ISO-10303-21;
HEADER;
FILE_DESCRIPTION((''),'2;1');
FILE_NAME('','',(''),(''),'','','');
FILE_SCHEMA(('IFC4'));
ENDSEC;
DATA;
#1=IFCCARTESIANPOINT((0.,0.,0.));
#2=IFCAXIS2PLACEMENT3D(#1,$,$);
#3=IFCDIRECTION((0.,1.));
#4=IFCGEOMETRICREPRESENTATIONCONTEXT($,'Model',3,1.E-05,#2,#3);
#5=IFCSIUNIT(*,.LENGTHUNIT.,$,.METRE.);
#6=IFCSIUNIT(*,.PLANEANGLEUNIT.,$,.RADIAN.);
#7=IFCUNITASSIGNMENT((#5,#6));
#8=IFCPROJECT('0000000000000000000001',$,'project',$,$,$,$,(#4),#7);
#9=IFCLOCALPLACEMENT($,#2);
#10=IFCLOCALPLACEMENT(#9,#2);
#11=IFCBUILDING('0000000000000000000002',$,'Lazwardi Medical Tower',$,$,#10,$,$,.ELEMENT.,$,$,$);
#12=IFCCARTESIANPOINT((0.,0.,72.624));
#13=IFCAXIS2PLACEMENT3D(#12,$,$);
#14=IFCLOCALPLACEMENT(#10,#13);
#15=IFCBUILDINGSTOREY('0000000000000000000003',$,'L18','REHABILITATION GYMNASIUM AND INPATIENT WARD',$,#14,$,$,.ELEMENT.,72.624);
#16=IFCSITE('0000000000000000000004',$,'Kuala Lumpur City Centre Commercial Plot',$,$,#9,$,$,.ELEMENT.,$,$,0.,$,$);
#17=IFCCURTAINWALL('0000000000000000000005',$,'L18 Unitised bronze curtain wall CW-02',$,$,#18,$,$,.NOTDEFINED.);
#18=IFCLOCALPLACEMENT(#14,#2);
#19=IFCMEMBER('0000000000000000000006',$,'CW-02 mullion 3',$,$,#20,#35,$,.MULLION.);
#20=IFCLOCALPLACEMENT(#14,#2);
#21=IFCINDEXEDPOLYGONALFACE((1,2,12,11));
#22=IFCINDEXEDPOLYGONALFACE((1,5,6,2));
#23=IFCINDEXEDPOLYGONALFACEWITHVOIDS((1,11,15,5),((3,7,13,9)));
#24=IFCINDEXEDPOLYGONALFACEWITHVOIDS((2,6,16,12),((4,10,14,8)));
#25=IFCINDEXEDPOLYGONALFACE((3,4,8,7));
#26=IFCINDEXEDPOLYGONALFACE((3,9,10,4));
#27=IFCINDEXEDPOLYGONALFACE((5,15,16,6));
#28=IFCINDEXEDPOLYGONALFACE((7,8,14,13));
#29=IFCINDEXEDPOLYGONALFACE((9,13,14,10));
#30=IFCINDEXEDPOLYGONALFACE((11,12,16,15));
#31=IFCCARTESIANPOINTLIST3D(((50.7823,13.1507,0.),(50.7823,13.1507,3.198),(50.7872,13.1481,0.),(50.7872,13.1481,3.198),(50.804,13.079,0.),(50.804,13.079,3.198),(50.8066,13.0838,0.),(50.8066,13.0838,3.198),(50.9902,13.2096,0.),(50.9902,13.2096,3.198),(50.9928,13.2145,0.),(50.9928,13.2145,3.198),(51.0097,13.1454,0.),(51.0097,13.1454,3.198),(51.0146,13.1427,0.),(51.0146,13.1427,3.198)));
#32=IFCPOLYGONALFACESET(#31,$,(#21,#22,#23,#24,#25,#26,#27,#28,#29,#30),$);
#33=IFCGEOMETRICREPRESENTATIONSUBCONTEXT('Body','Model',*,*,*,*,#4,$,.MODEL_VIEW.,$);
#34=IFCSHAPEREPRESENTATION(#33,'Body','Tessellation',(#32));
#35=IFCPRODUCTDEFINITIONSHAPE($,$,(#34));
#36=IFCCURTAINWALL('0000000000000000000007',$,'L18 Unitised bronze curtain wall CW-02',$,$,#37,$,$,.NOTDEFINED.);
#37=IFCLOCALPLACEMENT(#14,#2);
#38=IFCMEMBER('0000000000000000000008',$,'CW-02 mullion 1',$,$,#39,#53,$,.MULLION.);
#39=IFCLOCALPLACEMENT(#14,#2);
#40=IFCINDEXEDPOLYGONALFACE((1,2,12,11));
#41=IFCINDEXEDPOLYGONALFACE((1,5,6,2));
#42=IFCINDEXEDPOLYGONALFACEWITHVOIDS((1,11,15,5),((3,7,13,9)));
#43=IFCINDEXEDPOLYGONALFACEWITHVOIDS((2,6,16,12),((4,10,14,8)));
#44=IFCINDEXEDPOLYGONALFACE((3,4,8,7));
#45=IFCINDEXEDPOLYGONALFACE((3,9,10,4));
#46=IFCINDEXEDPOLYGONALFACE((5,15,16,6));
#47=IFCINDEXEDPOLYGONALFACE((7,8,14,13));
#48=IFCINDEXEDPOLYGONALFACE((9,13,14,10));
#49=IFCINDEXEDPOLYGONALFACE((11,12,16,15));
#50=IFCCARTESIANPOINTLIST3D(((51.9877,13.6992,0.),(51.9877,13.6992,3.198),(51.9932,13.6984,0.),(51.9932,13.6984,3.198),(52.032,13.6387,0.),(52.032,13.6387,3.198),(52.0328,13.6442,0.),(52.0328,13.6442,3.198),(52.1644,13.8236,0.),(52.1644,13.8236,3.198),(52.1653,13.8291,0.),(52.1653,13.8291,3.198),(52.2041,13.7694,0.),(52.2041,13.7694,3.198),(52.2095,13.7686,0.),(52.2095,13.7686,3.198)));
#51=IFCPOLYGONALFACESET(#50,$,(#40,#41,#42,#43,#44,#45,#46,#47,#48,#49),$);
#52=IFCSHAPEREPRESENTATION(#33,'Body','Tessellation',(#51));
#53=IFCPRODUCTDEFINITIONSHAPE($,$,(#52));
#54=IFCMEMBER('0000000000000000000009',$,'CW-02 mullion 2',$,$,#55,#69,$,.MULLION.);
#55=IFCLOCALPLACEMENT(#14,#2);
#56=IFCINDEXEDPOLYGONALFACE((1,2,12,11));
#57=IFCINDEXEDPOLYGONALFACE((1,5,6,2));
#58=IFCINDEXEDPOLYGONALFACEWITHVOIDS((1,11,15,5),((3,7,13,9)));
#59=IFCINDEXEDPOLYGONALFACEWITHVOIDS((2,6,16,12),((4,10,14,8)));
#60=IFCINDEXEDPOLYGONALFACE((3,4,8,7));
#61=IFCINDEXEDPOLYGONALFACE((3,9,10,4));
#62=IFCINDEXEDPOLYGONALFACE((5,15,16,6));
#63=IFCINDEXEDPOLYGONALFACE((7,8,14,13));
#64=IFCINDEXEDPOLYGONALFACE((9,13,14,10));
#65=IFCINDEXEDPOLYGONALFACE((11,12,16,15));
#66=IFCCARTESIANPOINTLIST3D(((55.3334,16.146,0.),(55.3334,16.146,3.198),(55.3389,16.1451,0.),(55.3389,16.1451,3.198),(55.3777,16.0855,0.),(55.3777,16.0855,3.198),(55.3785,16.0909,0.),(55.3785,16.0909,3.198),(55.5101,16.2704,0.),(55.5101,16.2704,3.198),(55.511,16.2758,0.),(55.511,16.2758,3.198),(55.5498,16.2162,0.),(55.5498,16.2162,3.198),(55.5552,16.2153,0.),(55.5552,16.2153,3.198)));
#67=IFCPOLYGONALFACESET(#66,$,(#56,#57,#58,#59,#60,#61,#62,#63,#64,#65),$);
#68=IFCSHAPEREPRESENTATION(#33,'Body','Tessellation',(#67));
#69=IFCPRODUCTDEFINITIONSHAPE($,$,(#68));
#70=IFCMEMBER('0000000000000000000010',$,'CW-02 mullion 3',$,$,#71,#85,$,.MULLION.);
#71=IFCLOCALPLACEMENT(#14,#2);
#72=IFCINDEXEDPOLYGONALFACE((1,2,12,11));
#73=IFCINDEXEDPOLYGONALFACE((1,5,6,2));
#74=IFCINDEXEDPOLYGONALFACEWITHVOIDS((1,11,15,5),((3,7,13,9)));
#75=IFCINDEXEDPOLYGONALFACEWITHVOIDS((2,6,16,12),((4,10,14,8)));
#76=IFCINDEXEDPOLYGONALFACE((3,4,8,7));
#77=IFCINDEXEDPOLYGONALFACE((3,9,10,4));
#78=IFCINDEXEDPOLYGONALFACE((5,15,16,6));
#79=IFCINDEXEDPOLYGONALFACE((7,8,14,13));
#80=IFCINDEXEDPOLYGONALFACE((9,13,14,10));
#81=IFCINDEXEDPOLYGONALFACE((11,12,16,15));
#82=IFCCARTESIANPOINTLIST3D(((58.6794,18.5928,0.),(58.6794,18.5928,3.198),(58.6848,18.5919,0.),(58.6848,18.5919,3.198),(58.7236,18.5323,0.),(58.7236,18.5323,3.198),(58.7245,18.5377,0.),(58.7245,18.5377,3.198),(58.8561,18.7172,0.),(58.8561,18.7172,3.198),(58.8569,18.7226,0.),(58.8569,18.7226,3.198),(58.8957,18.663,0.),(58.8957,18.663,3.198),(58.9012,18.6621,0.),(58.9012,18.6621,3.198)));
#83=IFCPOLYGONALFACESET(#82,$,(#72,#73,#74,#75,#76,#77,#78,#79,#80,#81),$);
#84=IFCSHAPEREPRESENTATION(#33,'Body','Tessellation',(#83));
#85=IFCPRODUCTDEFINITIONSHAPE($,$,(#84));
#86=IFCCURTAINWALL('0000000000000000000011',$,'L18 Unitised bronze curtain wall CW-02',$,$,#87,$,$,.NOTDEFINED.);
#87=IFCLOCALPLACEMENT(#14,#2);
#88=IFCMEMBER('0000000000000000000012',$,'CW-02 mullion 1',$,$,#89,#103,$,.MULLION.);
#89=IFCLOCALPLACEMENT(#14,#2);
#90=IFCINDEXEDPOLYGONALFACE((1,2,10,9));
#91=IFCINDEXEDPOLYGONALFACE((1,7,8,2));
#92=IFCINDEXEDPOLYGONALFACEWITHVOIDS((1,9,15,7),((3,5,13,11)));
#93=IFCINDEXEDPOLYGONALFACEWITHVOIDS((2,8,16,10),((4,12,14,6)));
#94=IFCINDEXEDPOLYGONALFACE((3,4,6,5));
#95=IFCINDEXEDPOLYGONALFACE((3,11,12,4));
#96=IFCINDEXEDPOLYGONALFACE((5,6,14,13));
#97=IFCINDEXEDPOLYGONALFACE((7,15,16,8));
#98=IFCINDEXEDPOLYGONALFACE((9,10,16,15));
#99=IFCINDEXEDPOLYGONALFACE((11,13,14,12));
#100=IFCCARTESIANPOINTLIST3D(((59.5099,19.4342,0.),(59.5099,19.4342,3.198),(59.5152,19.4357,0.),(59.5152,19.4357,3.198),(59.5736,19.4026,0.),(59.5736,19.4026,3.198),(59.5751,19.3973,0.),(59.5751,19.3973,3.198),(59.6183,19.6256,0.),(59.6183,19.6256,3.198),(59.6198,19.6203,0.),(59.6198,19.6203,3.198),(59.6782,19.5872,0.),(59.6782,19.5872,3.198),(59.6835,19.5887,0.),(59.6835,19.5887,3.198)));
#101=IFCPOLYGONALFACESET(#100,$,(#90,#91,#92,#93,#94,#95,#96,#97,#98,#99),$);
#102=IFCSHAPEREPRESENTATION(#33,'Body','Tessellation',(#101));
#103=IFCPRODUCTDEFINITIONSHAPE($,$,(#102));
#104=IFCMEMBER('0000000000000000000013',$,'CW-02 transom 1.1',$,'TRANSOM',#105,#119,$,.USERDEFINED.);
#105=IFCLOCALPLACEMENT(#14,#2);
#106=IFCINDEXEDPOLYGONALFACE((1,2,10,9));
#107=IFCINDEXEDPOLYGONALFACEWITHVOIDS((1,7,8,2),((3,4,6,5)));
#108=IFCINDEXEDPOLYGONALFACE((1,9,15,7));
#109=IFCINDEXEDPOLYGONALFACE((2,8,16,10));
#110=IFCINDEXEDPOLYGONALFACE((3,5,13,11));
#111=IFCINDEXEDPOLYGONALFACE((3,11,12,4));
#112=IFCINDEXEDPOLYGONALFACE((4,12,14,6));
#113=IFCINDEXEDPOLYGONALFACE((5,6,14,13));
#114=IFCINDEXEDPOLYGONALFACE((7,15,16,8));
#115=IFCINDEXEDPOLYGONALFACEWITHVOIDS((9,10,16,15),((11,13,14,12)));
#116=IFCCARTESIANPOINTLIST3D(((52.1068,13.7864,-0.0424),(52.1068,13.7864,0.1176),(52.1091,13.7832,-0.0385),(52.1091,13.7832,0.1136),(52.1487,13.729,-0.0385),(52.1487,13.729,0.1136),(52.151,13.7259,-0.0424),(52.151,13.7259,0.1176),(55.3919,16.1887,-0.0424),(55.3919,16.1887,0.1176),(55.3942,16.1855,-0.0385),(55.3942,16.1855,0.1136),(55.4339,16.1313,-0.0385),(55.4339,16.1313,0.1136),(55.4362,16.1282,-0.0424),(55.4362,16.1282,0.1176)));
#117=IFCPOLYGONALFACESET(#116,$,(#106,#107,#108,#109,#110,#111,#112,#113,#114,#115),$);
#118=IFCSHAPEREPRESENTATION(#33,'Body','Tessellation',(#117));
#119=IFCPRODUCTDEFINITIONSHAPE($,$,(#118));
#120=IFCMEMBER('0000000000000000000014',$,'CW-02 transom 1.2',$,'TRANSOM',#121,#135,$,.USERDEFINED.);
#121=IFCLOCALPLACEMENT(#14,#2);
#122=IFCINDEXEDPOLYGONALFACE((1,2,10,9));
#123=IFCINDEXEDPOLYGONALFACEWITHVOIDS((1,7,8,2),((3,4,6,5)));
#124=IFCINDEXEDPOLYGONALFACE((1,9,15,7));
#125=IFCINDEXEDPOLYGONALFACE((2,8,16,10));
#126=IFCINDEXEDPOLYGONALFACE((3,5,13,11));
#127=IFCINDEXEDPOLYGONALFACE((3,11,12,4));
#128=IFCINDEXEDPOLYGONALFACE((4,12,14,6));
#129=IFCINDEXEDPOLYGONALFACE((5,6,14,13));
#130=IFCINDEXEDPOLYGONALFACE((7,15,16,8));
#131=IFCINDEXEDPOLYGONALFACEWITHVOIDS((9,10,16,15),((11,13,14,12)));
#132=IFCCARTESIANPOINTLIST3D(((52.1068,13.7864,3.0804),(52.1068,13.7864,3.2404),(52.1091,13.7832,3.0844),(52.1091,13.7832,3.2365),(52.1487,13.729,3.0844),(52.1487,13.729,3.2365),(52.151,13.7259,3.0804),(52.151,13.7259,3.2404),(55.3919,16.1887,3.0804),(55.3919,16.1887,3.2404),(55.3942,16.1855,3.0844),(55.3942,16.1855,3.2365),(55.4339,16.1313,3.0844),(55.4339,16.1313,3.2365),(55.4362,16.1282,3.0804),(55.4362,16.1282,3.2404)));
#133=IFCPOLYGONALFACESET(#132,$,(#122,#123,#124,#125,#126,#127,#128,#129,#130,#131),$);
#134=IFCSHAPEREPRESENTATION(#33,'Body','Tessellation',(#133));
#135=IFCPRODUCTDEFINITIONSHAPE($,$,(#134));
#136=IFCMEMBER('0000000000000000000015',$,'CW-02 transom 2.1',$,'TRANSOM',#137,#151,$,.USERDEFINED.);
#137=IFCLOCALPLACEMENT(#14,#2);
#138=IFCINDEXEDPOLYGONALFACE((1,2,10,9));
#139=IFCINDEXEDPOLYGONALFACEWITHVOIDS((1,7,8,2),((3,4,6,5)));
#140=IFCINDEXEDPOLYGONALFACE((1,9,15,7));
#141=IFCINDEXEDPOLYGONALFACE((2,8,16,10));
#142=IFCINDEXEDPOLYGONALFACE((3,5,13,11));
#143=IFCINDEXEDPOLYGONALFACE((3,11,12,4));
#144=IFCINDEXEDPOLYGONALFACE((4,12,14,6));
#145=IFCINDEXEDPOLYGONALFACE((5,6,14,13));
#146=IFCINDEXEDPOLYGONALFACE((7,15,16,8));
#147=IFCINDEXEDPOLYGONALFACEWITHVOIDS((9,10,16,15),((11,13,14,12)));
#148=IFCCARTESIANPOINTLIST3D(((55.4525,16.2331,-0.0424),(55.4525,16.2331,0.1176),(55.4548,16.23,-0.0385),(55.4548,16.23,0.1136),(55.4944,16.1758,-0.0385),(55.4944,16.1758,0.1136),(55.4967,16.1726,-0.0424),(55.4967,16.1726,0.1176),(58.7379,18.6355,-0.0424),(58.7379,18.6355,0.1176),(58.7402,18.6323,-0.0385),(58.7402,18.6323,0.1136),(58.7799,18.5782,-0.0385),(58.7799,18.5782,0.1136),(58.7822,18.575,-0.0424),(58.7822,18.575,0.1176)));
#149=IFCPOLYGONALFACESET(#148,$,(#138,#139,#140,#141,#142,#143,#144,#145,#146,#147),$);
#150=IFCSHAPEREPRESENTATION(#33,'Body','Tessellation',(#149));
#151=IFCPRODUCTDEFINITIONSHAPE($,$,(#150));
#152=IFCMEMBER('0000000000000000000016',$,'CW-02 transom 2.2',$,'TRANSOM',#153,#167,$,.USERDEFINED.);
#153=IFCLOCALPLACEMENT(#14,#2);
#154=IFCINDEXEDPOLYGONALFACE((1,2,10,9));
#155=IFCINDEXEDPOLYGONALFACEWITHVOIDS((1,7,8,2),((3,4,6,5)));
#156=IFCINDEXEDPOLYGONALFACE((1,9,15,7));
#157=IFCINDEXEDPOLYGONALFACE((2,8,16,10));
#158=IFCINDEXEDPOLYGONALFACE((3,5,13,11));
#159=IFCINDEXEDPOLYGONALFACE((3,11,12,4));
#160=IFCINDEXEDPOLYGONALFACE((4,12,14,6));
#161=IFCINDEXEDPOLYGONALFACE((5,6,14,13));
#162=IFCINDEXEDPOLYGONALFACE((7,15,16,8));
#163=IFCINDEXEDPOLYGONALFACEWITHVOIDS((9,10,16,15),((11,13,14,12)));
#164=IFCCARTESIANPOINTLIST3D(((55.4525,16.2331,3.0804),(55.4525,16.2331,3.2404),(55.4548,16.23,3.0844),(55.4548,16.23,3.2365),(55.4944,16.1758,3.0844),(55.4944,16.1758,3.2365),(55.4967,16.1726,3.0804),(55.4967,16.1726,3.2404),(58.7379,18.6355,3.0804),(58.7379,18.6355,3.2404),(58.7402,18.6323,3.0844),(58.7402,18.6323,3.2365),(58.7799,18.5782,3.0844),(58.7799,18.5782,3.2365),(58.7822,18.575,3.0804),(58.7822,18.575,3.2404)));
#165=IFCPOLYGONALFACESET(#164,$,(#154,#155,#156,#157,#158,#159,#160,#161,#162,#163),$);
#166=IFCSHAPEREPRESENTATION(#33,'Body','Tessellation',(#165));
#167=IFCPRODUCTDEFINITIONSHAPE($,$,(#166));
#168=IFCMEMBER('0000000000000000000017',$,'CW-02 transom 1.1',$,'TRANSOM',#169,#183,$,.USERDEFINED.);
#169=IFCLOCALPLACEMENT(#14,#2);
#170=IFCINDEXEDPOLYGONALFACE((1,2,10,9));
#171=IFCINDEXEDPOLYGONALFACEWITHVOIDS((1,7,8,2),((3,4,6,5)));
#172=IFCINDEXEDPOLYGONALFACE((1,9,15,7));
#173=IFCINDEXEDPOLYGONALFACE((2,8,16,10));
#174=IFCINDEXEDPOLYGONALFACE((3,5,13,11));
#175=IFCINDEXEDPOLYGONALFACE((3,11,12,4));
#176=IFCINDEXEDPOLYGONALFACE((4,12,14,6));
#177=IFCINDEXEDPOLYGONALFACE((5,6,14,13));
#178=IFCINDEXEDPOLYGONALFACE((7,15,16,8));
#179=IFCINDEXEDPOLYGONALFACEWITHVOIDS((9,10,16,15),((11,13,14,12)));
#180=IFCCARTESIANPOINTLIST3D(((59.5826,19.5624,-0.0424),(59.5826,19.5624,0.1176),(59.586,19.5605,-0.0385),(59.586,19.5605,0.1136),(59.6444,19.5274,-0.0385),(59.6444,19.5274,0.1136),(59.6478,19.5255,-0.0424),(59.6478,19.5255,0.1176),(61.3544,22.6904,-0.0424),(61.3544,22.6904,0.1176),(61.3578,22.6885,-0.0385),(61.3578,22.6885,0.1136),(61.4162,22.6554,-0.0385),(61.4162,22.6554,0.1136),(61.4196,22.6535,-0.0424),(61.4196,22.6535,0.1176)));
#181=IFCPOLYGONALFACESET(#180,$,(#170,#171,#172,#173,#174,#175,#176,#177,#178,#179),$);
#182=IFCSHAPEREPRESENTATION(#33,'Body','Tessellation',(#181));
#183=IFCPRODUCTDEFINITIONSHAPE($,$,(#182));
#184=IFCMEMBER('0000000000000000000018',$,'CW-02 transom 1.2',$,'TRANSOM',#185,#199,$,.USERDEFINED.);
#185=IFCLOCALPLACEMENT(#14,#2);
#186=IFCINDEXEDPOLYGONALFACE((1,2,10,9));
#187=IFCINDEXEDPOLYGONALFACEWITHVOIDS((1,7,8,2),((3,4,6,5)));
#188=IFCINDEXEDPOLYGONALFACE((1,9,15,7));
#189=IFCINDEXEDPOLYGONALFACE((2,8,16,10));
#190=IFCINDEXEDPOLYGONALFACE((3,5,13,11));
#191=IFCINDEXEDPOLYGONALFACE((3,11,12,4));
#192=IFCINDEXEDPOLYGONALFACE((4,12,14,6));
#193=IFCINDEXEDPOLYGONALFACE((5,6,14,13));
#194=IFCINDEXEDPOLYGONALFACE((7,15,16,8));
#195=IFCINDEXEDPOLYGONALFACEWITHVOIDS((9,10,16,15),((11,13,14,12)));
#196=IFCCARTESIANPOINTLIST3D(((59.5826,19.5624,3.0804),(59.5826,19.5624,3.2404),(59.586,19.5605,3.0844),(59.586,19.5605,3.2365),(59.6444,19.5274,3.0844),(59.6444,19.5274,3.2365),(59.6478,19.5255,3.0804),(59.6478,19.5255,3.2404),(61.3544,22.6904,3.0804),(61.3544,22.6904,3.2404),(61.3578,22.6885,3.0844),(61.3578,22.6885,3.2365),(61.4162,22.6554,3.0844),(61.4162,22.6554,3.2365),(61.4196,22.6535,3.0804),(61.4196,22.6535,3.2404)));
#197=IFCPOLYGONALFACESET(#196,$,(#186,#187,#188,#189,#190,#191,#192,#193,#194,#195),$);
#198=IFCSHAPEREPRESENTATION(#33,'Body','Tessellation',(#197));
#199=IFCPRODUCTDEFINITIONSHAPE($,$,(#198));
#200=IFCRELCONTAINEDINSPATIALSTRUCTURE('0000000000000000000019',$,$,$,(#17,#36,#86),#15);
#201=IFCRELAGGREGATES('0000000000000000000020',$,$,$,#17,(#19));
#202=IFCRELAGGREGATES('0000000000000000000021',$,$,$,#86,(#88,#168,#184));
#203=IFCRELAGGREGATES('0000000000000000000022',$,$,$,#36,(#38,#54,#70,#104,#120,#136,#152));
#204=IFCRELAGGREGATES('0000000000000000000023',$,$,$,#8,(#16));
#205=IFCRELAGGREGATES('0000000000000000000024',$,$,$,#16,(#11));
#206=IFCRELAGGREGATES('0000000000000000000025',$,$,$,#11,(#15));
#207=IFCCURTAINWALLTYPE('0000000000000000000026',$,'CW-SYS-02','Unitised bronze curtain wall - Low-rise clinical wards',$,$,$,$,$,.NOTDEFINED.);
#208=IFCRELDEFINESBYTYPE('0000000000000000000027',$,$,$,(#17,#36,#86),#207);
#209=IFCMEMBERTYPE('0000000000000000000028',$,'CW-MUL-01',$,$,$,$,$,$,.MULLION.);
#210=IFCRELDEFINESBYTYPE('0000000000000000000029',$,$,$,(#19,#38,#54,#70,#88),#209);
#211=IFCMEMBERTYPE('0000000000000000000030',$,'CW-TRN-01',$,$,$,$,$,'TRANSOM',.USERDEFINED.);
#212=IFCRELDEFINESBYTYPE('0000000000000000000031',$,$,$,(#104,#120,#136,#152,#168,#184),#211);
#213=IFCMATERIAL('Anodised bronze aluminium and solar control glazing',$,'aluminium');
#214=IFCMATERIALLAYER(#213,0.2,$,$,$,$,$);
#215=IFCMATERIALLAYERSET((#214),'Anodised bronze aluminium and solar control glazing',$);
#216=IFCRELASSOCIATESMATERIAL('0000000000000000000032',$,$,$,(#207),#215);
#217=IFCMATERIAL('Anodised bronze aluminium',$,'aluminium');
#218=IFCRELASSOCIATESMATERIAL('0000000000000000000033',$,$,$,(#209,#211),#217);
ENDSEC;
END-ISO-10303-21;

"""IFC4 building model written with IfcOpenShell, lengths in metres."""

from ifc_helpers import new_model, si_unit, direction, frame, origin, origin_2d, place, context, subcontext, project, spatial, hollow_rectangle, extrude, material, layer, layer_set, material_profile, profile_set, type_object, element, aggregate, save


model = new_model("IFC4")

# Units and contexts
model_context = context("Model", 3, precision=1e-05, world=origin(), true_north=direction((0.0, 1.0)))
body_context = subcontext(model_context, "Body", "Model", "MODEL_VIEW")
ifc_project = project(units=[si_unit("LENGTHUNIT", "METRE"), si_unit("PLANEANGLEUNIT", "RADIAN")], contexts=[model_context])

# Site, building, storey
site_placement = place(None, origin())
site = spatial("IfcSite", under=ifc_project, at=site_placement, Name="Kuala Lumpur City Centre Commercial Plot", CompositionType="ELEMENT", RefElevation=0.0)
building_placement = place(site_placement, origin())
building = spatial("IfcBuilding", under=site, at=building_placement, Name="Lazwardi Medical Tower", CompositionType="ELEMENT")
storey_placement = place(building_placement, frame((0.0, 0.0, 72.624)))
storey = spatial("IfcBuildingStorey", under=building, at=storey_placement, Name="L18", Description="REHABILITATION GYMNASIUM AND INPATIENT WARD", CompositionType="ELEMENT", Elevation=72.624)

# Curtain wall, member
ifc_material_1 = material(Name="Anodised bronze aluminium and solar control glazing", Category="aluminium")
ifc_layer_1 = layer(ifc_material_1, 0.2)
ifc_layer_set_1 = layer_set([ifc_layer_1], Name="Anodised bronze aluminium and solar control glazing")
curtain_wall_type = type_object("IfcCurtainWallType", Name="CW-SYS-02", Description="Unitised bronze curtain wall - Low-rise clinical wards", PredefinedType="NOTDEFINED", material=ifc_layer_set_1)
curtain_wall_1_placement = place(storey_placement, origin())
curtain_wall_1 = element("IfcCurtainWall", 1, at=curtain_wall_1_placement, inside=storey, type_object=curtain_wall_type, Name="L18 Unitised bronze curtain wall CW-02", PredefinedType="NOTDEFINED")
ifc_material_2 = material(Name="Anodised bronze aluminium", Category="aluminium")
ifc_material_profile_1 = material_profile(ifc_material_2, hollow_rectangle(XDim=0.075, YDim=0.22, WallThickness=0.0039, at=origin_2d()), Name="ALU-MULLION 220x75x4")
ifc_profile_set_1 = profile_set([ifc_material_profile_1], Name="Anodised bronze aluminium")
member_type_1 = type_object("IfcMemberType", Name="CW-MUL-01", PredefinedType="MULLION", material=ifc_profile_set_1)
member_1_placement = place(storey_placement, frame((50.8984, 13.1467, 0.0), z_axis=(0.0, 0.0, 1.0), x_axis=(-0.289896, 0.957058, 0.0)))
member_1 = element("IfcMember", 2, at=member_1_placement, type_object=member_type_1, Name="CW-02 mullion 3", PredefinedType="MULLION", context=body_context, shape_type="SweptSolid", body=[
    extrude(hollow_rectangle(XDim=0.075, YDim=0.22, WallThickness=0.0039, at=origin_2d()), origin(), (0.0, 0.0, 1.0), 3.198),
])
aggregate(curtain_wall_1, [member_1])

# Curtain wall, members
curtain_wall_2_placement = place(storey_placement, origin())
curtain_wall_2 = element("IfcCurtainWall", 3, at=curtain_wall_2_placement, inside=storey, type_object=curtain_wall_type, Name="L18 Unitised bronze curtain wall CW-02", PredefinedType="NOTDEFINED")
member_2_placement = place(storey_placement, frame((52.0986, 13.7339, 0.0), z_axis=(0.0, 0.0, 1.0), x_axis=(-0.590289, 0.807192, 0.0)))
member_2 = element("IfcMember", 4, at=member_2_placement, type_object=member_type_1, Name="CW-02 mullion 1", PredefinedType="MULLION", context=body_context, shape_type="SweptSolid", body=[
    extrude(hollow_rectangle(XDim=0.075, YDim=0.22, WallThickness=0.0039, at=origin_2d()), origin(), (0.0, 0.0, 1.0), 3.198),
])
member_3_placement = place(storey_placement, frame((55.4443, 16.1807, 0.0), z_axis=(0.0, 0.0, 1.0), x_axis=(-0.590289, 0.807192, 0.0)))
member_3 = element("IfcMember", 5, at=member_3_placement, type_object=member_type_1, Name="CW-02 mullion 2", PredefinedType="MULLION", context=body_context, shape_type="SweptSolid", body=[
    extrude(hollow_rectangle(XDim=0.075, YDim=0.22, WallThickness=0.0039, at=origin_2d()), origin(), (0.0, 0.0, 1.0), 3.198),
])
member_4_placement = place(storey_placement, frame((58.7903, 18.6274, 0.0), z_axis=(0.0, 0.0, 1.0), x_axis=(-0.590289, 0.807192, 0.0)))
member_4 = element("IfcMember", 6, at=member_4_placement, type_object=member_type_1, Name="CW-02 mullion 3", PredefinedType="MULLION", context=body_context, shape_type="SweptSolid", body=[
    extrude(hollow_rectangle(XDim=0.075, YDim=0.22, WallThickness=0.0039, at=origin_2d()), origin(), (0.0, 0.0, 1.0), 3.198),
])

# Curtain wall, member
curtain_wall_3_placement = place(storey_placement, origin())
curtain_wall_3 = element("IfcCurtainWall", 7, at=curtain_wall_3_placement, inside=storey, type_object=curtain_wall_type, Name="L18 Unitised bronze curtain wall CW-02", PredefinedType="NOTDEFINED")
member_5_placement = place(storey_placement, frame((59.5967, 19.5115, 0.0), z_axis=(0.0, 0.0, 1.0), x_axis=(-0.870112, 0.492854, 0.0)))
member_5 = element("IfcMember", 8, at=member_5_placement, type_object=member_type_1, Name="CW-02 mullion 1", PredefinedType="MULLION", context=body_context, shape_type="SweptSolid", body=[
    extrude(hollow_rectangle(XDim=0.075, YDim=0.22, WallThickness=0.0039, at=origin_2d()), origin(), (0.0, 0.0, 1.0), 3.198),
])

# Members
ifc_material_profile_2 = material_profile(ifc_material_2, hollow_rectangle(XDim=0.075, YDim=0.1599, WallThickness=0.0039, at=origin_2d()), Name="ALU-TRANSOM 160x75x4")
ifc_profile_set_2 = profile_set([ifc_material_profile_2], Name="Anodised bronze aluminium")
member_type_2 = type_object("IfcMemberType", Name="CW-TRN-01", ElementType="TRANSOM", PredefinedType="USERDEFINED", material=ifc_profile_set_2)
member_6_placement = place(storey_placement, frame((52.1289, 13.7561, 0.0376), z_axis=(0.807198, 0.590281, 0.0), x_axis=(-0.590281, 0.807198, 0.0)))
member_6 = element("IfcMember", 9, at=member_6_placement, type_object=member_type_2, Name="CW-02 transom 1.1", ObjectType="TRANSOM", PredefinedType="USERDEFINED", context=body_context, shape_type="SweptSolid", body=[
    extrude(hollow_rectangle(XDim=0.075, YDim=0.1599, WallThickness=0.0039, at=origin_2d()), origin(), (0.0, 0.0, 1.0), 4.0698),
])
member_7_placement = place(storey_placement, frame((52.1289, 13.7561, 3.1604), z_axis=(0.807198, 0.590281, 0.0), x_axis=(-0.590281, 0.807198, 0.0)))
member_7 = element("IfcMember", 10, at=member_7_placement, type_object=member_type_2, Name="CW-02 transom 1.2", ObjectType="TRANSOM", PredefinedType="USERDEFINED", context=body_context, shape_type="SweptSolid", body=[
    extrude(hollow_rectangle(XDim=0.075, YDim=0.1599, WallThickness=0.0039, at=origin_2d()), origin(), (0.0, 0.0, 1.0), 4.0698),
])
member_8_placement = place(storey_placement, frame((55.4746, 16.2029, 0.0376), z_axis=(0.807219, 0.590253, 0.0), x_axis=(-0.590253, 0.807219, 0.0)))
member_8 = element("IfcMember", 11, at=member_8_placement, type_object=member_type_2, Name="CW-02 transom 2.1", ObjectType="TRANSOM", PredefinedType="USERDEFINED", context=body_context, shape_type="SweptSolid", body=[
    extrude(hollow_rectangle(XDim=0.075, YDim=0.1599, WallThickness=0.0039, at=origin_2d()), origin(), (0.0, 0.0, 1.0), 4.0701),
])
member_9_placement = place(storey_placement, frame((55.4746, 16.2029, 3.1604), z_axis=(0.807219, 0.590253, 0.0), x_axis=(-0.590253, 0.807219, 0.0)))
member_9 = element("IfcMember", 12, at=member_9_placement, type_object=member_type_2, Name="CW-02 transom 2.2", ObjectType="TRANSOM", PredefinedType="USERDEFINED", context=body_context, shape_type="SweptSolid", body=[
    extrude(hollow_rectangle(XDim=0.075, YDim=0.1599, WallThickness=0.0039, at=origin_2d()), origin(), (0.0, 0.0, 1.0), 4.0701),
])
member_10_placement = place(storey_placement, frame((59.6152, 19.5439, 0.0376), z_axis=(0.492851, 0.870113, 0.0), x_axis=(-0.870113, 0.492851, 0.0)))
member_10 = element("IfcMember", 13, at=member_10_placement, type_object=member_type_2, Name="CW-02 transom 1.1", ObjectType="TRANSOM", PredefinedType="USERDEFINED", context=body_context, shape_type="SweptSolid", body=[
    extrude(hollow_rectangle(XDim=0.075, YDim=0.1599, WallThickness=0.0039, at=origin_2d()), origin(), (0.0, 0.0, 1.0), 3.595),
])
member_11_placement = place(storey_placement, frame((59.6152, 19.5439, 3.1604), z_axis=(0.492851, 0.870113, 0.0), x_axis=(-0.870113, 0.492851, 0.0)))
member_11 = element("IfcMember", 14, at=member_11_placement, type_object=member_type_2, Name="CW-02 transom 1.2", ObjectType="TRANSOM", PredefinedType="USERDEFINED", context=body_context, shape_type="SweptSolid", body=[
    extrude(hollow_rectangle(XDim=0.075, YDim=0.1599, WallThickness=0.0039, at=origin_2d()), origin(), (0.0, 0.0, 1.0), 3.595),
])
aggregate(curtain_wall_3, [member_5, member_10, member_11])

aggregate(curtain_wall_2, [member_2, member_3, member_4, member_6, member_7, member_8, member_9])

save(model, "model.ifc")
